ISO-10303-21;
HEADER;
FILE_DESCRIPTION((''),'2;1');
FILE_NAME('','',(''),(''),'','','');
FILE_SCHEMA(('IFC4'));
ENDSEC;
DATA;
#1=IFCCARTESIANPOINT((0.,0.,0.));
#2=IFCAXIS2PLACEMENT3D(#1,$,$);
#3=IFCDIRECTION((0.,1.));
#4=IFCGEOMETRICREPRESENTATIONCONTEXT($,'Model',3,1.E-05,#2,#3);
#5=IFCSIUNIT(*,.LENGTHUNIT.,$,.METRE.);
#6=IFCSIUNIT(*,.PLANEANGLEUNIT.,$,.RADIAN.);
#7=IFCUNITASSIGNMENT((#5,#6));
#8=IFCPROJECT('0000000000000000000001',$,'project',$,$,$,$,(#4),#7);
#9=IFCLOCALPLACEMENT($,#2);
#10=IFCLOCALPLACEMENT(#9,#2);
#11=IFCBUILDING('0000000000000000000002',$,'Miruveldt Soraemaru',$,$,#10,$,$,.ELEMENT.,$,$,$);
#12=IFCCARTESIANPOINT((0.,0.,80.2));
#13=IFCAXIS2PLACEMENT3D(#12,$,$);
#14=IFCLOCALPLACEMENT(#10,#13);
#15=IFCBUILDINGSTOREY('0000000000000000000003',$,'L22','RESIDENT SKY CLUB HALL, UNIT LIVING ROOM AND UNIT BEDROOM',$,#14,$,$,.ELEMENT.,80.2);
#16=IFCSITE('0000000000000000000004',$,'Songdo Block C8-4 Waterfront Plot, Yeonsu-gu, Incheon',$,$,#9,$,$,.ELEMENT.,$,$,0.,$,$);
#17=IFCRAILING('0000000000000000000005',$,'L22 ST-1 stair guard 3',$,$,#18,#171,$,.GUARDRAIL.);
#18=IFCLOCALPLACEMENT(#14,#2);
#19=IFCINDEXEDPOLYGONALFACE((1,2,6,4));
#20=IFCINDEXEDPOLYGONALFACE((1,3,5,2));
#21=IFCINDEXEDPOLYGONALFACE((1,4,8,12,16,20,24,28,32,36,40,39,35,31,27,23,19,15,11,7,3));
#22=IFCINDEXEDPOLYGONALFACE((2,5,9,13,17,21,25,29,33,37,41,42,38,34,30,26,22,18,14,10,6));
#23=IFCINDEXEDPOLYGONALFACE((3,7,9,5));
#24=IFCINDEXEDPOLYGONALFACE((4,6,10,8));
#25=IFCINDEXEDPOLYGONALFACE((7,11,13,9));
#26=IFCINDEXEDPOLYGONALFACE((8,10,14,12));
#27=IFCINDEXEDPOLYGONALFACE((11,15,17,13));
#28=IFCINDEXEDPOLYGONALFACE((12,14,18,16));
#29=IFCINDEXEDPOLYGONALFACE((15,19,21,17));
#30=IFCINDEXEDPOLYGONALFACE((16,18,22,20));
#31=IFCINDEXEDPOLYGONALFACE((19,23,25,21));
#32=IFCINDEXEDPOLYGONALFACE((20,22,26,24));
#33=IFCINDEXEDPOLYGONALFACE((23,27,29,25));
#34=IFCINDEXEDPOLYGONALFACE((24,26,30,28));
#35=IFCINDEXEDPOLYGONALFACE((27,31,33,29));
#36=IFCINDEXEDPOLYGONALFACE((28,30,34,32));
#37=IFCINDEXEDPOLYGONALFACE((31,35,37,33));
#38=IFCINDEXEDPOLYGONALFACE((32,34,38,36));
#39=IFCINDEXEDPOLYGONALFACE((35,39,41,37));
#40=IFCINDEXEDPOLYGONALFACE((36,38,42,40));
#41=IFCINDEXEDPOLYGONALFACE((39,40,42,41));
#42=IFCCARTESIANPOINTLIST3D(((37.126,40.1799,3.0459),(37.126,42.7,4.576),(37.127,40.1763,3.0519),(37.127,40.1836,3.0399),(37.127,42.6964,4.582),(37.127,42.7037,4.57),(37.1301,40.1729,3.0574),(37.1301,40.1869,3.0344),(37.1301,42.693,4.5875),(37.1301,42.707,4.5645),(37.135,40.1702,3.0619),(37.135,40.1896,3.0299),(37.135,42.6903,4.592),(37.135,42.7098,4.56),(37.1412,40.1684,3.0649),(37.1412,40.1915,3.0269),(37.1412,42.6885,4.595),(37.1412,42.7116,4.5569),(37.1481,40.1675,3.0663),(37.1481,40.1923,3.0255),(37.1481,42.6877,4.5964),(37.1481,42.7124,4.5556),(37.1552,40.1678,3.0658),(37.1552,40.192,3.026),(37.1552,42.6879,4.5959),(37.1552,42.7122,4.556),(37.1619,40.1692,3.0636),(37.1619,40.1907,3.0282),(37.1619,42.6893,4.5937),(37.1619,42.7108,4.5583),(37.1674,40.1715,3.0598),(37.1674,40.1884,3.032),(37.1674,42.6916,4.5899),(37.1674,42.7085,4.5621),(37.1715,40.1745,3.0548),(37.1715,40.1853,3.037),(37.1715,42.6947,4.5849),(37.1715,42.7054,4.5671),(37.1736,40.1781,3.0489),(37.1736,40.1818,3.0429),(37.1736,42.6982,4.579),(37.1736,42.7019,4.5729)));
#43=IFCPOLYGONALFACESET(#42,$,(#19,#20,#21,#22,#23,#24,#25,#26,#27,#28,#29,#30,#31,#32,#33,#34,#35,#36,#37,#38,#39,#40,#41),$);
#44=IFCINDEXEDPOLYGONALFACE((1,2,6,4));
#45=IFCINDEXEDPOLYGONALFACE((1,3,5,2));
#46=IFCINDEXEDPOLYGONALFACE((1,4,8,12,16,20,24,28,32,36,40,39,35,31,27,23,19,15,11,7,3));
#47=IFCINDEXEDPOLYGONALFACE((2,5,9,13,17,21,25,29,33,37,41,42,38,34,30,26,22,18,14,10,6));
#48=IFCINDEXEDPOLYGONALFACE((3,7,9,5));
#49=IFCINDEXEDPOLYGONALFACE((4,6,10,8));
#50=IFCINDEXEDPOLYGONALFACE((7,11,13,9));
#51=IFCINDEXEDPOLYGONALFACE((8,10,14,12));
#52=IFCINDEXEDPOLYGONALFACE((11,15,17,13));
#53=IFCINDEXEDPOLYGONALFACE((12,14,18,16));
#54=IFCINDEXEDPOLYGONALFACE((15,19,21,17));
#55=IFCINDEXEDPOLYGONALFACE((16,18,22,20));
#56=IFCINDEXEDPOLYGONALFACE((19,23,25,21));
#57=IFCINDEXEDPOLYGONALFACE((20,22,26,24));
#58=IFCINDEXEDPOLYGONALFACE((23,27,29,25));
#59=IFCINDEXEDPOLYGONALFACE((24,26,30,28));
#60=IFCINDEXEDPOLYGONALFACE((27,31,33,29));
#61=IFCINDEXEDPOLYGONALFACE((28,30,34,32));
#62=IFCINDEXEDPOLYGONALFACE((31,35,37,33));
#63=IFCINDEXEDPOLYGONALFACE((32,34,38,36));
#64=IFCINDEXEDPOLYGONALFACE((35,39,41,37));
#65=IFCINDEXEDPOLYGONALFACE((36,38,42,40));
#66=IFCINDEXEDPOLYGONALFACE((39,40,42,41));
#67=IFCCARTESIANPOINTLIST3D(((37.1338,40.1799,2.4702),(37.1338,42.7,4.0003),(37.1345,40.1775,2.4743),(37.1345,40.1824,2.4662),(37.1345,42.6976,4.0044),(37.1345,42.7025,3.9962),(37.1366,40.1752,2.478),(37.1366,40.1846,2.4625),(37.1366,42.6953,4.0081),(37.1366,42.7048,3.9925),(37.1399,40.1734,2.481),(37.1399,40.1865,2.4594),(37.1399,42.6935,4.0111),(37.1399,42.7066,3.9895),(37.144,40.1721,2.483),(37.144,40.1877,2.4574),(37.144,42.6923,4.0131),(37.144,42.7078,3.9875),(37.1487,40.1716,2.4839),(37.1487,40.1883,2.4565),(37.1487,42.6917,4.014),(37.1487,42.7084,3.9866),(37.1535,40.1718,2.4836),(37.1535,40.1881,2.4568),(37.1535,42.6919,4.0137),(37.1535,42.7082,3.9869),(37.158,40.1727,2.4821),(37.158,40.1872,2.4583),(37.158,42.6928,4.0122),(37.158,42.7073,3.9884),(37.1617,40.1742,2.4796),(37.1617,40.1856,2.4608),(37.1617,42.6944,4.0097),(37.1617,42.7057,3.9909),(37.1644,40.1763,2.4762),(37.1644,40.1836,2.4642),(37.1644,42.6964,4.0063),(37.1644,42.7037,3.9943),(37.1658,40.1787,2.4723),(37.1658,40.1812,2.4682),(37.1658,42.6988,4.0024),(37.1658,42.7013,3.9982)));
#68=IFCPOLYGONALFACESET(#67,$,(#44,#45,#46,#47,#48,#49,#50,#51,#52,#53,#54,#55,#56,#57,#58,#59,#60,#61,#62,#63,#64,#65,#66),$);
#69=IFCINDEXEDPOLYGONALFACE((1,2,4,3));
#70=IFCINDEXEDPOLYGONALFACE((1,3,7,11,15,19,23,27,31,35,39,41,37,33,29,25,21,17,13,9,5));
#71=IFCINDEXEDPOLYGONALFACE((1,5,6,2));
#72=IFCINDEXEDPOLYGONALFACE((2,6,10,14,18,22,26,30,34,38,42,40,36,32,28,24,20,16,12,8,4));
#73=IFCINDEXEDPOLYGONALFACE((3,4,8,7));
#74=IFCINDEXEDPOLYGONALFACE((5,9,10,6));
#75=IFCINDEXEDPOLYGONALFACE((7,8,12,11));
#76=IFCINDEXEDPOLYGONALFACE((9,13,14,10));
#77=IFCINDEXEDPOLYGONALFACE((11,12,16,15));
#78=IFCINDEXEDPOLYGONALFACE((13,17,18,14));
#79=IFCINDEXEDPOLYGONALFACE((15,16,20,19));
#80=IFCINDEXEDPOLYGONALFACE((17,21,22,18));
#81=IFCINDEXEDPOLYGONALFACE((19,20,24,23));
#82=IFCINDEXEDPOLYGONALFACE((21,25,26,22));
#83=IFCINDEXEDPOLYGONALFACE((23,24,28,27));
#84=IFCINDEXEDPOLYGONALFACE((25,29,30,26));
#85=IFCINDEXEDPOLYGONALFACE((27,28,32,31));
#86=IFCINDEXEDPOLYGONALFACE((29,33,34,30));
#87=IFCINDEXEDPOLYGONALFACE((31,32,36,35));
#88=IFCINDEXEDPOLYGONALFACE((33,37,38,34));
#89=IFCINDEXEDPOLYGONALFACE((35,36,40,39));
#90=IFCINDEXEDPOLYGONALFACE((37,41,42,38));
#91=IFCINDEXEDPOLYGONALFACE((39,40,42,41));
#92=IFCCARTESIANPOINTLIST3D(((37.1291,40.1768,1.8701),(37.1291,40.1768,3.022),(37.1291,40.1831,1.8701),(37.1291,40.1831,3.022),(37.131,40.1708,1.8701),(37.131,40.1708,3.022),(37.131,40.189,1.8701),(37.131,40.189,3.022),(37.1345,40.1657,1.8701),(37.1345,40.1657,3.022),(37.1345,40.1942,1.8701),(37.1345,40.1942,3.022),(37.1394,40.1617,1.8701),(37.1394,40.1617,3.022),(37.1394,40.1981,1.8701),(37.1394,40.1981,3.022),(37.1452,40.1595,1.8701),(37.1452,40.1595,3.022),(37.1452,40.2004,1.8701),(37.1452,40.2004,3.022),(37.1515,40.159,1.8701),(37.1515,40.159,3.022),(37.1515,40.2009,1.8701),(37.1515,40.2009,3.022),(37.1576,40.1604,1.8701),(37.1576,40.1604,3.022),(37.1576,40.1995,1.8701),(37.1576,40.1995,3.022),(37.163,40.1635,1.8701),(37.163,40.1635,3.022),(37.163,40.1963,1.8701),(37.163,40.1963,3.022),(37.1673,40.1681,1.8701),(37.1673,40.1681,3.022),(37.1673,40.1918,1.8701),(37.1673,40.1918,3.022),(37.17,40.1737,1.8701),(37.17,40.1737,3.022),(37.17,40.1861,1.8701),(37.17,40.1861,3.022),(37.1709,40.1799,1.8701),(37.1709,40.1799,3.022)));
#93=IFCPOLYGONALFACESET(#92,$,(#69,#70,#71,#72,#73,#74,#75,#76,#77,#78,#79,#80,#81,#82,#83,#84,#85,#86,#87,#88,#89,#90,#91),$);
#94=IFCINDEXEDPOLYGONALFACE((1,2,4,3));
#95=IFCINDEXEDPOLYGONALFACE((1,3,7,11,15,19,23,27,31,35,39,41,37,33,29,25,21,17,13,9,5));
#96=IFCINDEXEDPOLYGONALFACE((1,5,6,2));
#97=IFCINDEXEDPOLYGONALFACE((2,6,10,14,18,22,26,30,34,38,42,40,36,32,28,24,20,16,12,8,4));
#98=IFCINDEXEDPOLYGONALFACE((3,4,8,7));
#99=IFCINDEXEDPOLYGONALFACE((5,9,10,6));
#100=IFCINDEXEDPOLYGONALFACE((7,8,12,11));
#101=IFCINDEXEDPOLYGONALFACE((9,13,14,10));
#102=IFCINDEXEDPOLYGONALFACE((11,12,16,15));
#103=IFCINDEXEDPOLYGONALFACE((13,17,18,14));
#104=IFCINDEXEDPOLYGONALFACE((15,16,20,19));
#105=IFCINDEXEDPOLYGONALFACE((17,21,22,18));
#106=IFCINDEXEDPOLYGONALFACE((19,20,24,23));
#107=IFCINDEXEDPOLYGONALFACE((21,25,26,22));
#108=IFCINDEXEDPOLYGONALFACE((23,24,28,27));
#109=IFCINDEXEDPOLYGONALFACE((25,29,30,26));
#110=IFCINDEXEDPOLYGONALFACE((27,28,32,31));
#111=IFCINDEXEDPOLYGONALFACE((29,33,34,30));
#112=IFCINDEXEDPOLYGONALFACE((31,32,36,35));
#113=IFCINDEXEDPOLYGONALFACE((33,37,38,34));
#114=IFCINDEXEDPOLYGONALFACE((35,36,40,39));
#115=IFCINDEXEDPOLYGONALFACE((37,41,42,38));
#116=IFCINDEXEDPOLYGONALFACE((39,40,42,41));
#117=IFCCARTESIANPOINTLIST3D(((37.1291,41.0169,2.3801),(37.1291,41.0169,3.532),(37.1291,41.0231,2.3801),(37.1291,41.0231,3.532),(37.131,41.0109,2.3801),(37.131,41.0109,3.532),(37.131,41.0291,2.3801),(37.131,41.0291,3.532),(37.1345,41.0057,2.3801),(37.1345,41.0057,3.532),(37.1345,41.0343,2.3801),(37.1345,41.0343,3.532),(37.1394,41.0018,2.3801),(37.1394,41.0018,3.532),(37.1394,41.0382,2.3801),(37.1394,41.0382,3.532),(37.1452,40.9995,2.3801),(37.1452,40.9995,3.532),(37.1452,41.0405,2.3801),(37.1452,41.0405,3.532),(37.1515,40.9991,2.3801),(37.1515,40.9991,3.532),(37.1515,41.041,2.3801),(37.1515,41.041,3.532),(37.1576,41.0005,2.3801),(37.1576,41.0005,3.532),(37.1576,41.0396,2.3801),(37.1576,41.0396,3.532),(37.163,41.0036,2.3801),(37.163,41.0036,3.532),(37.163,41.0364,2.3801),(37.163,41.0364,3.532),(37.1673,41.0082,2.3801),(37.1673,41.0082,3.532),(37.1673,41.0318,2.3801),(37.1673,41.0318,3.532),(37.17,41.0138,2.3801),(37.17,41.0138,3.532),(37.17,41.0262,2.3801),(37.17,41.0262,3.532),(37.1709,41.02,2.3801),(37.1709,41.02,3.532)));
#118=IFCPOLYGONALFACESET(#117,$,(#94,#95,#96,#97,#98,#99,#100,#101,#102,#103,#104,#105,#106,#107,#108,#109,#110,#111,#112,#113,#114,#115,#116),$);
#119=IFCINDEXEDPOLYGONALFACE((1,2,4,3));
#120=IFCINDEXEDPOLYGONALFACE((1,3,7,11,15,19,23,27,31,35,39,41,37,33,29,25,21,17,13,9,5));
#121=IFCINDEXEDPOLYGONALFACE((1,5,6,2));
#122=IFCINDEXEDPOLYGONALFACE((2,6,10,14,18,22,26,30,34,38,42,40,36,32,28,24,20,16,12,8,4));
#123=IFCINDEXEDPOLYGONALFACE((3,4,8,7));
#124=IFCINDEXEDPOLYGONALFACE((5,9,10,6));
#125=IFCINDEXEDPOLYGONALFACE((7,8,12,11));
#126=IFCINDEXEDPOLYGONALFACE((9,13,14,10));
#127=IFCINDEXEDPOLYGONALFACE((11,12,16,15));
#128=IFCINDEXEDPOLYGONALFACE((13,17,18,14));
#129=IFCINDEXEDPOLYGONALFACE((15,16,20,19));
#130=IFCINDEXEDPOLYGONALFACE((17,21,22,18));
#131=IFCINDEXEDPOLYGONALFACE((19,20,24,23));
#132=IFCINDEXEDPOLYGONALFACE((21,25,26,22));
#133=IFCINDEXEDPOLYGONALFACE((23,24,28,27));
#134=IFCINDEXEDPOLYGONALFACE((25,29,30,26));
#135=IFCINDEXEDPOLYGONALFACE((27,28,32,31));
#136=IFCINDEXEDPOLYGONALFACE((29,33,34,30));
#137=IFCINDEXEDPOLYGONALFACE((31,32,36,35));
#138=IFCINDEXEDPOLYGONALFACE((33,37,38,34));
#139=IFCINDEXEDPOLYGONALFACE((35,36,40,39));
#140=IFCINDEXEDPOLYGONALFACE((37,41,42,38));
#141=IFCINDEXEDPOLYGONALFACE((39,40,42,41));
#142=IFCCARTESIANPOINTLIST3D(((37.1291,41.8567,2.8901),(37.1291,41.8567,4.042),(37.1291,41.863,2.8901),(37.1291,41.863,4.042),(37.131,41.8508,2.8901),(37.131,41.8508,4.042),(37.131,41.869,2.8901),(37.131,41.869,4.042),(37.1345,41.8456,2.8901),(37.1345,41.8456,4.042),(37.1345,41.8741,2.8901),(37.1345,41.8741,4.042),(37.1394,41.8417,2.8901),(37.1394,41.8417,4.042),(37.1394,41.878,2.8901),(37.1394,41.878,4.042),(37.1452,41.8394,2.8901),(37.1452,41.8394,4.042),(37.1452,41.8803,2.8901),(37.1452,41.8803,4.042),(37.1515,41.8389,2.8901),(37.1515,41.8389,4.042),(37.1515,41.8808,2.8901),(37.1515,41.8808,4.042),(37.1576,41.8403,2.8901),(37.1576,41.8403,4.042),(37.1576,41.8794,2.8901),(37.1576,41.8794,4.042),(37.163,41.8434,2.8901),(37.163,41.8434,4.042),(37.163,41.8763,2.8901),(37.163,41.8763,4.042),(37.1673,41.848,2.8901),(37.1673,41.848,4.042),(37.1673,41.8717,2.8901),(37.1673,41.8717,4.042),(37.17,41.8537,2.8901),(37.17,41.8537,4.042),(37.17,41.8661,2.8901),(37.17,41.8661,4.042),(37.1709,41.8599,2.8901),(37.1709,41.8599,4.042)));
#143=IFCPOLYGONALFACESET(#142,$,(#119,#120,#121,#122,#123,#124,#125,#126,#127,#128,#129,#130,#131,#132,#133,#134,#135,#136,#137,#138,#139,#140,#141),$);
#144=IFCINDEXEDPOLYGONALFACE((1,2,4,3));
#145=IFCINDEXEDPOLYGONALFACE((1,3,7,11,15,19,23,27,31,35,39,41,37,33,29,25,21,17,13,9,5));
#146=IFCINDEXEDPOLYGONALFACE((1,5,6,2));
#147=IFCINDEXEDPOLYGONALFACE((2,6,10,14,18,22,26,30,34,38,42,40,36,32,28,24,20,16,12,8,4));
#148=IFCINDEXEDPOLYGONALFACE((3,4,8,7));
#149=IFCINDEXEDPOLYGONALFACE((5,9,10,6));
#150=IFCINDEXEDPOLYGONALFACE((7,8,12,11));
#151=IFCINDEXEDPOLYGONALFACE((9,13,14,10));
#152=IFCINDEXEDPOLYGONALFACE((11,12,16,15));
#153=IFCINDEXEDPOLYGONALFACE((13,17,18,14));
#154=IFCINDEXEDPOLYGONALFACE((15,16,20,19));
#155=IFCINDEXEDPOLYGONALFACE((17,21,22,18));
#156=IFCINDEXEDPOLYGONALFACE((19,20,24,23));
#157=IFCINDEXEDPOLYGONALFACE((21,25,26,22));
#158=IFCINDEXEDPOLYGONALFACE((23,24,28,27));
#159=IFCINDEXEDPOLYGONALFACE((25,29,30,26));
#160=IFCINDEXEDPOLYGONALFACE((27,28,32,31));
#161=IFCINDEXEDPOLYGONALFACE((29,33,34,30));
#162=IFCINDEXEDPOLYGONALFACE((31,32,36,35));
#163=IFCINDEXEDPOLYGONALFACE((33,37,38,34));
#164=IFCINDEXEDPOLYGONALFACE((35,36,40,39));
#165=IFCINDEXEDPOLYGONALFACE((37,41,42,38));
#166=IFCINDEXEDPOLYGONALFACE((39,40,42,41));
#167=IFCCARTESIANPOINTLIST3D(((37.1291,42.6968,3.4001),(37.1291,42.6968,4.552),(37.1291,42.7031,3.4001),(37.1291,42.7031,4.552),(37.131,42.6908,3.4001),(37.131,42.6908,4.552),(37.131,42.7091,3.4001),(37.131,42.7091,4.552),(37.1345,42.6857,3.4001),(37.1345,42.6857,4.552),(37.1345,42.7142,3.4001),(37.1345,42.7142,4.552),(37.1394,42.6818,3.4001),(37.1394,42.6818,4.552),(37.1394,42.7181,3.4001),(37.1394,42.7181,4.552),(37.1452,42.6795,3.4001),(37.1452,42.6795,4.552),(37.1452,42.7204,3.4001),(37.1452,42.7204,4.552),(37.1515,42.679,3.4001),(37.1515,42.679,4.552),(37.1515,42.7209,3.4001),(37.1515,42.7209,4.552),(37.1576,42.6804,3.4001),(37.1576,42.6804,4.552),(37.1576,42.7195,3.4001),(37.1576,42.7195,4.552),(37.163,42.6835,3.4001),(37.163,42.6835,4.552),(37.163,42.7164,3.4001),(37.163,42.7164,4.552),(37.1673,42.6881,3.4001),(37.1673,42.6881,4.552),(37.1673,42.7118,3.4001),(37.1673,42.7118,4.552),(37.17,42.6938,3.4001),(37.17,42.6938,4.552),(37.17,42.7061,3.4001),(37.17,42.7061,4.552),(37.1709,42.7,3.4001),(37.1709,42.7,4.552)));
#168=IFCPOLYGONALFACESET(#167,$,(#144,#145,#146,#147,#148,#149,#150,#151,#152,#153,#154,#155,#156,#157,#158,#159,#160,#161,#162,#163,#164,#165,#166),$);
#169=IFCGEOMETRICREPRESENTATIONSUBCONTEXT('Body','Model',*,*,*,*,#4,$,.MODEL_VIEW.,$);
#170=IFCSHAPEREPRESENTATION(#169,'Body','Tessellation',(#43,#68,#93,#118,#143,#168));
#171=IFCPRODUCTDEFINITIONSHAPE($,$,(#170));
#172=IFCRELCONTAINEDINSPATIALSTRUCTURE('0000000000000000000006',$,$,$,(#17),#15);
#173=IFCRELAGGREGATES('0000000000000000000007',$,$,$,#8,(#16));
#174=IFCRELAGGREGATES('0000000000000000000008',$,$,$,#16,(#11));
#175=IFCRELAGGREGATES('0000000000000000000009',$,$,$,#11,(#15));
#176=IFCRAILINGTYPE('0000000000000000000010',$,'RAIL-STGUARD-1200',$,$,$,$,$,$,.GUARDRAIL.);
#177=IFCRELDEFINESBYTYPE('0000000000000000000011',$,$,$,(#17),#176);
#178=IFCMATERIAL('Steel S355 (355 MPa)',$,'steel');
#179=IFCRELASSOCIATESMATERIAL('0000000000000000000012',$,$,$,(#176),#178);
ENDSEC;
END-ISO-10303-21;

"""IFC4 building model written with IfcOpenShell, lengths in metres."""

from ifc_helpers import new_model, si_unit, direction, frame, origin, origin_2d, place, context, subcontext, project, spatial, circle, extrude, material, type_object, element, save


model = new_model("IFC4")

# Units and contexts
model_context = context("Model", 3, precision=1e-05, world=origin(), true_north=direction((0.0, 1.0)))
body_context = subcontext(model_context, "Body", "Model", "MODEL_VIEW")
ifc_project = project(units=[si_unit("LENGTHUNIT", "METRE"), si_unit("PLANEANGLEUNIT", "RADIAN")], contexts=[model_context])

# Site, building, storey
site_placement = place(None, origin())
site = spatial("IfcSite", under=ifc_project, at=site_placement, Name="Songdo Block C8-4 Waterfront Plot, Yeonsu-gu, Incheon", CompositionType="ELEMENT", RefElevation=0.0)
building_placement = place(site_placement, origin())
building = spatial("IfcBuilding", under=site, at=building_placement, Name="Miruveldt Soraemaru", CompositionType="ELEMENT")
storey_placement = place(building_placement, frame((0.0, 0.0, 80.2)))
storey = spatial("IfcBuildingStorey", under=building, at=storey_placement, Name="L22", Description="RESIDENT SKY CLUB HALL, UNIT LIVING ROOM AND UNIT BEDROOM", CompositionType="ELEMENT", Elevation=80.2)

# Railing
ifc_material_1 = material(Name="Steel S355 (355 MPa)", Category="steel")
railing_type_1 = type_object("IfcRailingType", Name="RAIL-STGUARD-1200", PredefinedType="GUARDRAIL", material=ifc_material_1)
railing_1_placement = place(storey_placement, frame((37.1499, 40.1799, 1.8701)))
element("IfcRailing", 1, at=railing_1_placement, inside=storey, type_object=railing_type_1, Name="L22 ST-1 stair guard 3", PredefinedType="GUARDRAIL", context=body_context, shape_type="SweptSolid", body=[
    extrude(circle(Radius=0.0239, at=origin_2d()), frame((0.0, 0.0, 1.1758), z_axis=(0.0, 0.854785, 0.518982), x_axis=(-1.0, 0.0, 0.0)), (0.0, 0.0, 1.0), 2.9482),
    extrude(circle(Radius=0.0161, at=origin_2d()), frame((0.0, 0.0, 0.6001), z_axis=(0.0, 0.854785, 0.518982), x_axis=(-1.0, 0.0, 0.0)), (0.0, 0.0, 1.0), 2.9482),
    extrude(circle(Radius=0.021, at=origin_2d()), origin(), (0.0, 0.0, 1.0), 1.1519),
    extrude(circle(Radius=0.021, at=origin_2d()), frame((0.0, 0.8401, 0.51)), (0.0, 0.0, 1.0), 1.1519),
    extrude(circle(Radius=0.021, at=origin_2d()), frame((0.0, 1.6799, 1.02)), (0.0, 0.0, 1.0), 1.1519),
    extrude(circle(Radius=0.021, at=origin_2d()), frame((0.0, 2.52, 1.53)), (0.0, 0.0, 1.0), 1.1519),
])

save(model, "model.ifc")
